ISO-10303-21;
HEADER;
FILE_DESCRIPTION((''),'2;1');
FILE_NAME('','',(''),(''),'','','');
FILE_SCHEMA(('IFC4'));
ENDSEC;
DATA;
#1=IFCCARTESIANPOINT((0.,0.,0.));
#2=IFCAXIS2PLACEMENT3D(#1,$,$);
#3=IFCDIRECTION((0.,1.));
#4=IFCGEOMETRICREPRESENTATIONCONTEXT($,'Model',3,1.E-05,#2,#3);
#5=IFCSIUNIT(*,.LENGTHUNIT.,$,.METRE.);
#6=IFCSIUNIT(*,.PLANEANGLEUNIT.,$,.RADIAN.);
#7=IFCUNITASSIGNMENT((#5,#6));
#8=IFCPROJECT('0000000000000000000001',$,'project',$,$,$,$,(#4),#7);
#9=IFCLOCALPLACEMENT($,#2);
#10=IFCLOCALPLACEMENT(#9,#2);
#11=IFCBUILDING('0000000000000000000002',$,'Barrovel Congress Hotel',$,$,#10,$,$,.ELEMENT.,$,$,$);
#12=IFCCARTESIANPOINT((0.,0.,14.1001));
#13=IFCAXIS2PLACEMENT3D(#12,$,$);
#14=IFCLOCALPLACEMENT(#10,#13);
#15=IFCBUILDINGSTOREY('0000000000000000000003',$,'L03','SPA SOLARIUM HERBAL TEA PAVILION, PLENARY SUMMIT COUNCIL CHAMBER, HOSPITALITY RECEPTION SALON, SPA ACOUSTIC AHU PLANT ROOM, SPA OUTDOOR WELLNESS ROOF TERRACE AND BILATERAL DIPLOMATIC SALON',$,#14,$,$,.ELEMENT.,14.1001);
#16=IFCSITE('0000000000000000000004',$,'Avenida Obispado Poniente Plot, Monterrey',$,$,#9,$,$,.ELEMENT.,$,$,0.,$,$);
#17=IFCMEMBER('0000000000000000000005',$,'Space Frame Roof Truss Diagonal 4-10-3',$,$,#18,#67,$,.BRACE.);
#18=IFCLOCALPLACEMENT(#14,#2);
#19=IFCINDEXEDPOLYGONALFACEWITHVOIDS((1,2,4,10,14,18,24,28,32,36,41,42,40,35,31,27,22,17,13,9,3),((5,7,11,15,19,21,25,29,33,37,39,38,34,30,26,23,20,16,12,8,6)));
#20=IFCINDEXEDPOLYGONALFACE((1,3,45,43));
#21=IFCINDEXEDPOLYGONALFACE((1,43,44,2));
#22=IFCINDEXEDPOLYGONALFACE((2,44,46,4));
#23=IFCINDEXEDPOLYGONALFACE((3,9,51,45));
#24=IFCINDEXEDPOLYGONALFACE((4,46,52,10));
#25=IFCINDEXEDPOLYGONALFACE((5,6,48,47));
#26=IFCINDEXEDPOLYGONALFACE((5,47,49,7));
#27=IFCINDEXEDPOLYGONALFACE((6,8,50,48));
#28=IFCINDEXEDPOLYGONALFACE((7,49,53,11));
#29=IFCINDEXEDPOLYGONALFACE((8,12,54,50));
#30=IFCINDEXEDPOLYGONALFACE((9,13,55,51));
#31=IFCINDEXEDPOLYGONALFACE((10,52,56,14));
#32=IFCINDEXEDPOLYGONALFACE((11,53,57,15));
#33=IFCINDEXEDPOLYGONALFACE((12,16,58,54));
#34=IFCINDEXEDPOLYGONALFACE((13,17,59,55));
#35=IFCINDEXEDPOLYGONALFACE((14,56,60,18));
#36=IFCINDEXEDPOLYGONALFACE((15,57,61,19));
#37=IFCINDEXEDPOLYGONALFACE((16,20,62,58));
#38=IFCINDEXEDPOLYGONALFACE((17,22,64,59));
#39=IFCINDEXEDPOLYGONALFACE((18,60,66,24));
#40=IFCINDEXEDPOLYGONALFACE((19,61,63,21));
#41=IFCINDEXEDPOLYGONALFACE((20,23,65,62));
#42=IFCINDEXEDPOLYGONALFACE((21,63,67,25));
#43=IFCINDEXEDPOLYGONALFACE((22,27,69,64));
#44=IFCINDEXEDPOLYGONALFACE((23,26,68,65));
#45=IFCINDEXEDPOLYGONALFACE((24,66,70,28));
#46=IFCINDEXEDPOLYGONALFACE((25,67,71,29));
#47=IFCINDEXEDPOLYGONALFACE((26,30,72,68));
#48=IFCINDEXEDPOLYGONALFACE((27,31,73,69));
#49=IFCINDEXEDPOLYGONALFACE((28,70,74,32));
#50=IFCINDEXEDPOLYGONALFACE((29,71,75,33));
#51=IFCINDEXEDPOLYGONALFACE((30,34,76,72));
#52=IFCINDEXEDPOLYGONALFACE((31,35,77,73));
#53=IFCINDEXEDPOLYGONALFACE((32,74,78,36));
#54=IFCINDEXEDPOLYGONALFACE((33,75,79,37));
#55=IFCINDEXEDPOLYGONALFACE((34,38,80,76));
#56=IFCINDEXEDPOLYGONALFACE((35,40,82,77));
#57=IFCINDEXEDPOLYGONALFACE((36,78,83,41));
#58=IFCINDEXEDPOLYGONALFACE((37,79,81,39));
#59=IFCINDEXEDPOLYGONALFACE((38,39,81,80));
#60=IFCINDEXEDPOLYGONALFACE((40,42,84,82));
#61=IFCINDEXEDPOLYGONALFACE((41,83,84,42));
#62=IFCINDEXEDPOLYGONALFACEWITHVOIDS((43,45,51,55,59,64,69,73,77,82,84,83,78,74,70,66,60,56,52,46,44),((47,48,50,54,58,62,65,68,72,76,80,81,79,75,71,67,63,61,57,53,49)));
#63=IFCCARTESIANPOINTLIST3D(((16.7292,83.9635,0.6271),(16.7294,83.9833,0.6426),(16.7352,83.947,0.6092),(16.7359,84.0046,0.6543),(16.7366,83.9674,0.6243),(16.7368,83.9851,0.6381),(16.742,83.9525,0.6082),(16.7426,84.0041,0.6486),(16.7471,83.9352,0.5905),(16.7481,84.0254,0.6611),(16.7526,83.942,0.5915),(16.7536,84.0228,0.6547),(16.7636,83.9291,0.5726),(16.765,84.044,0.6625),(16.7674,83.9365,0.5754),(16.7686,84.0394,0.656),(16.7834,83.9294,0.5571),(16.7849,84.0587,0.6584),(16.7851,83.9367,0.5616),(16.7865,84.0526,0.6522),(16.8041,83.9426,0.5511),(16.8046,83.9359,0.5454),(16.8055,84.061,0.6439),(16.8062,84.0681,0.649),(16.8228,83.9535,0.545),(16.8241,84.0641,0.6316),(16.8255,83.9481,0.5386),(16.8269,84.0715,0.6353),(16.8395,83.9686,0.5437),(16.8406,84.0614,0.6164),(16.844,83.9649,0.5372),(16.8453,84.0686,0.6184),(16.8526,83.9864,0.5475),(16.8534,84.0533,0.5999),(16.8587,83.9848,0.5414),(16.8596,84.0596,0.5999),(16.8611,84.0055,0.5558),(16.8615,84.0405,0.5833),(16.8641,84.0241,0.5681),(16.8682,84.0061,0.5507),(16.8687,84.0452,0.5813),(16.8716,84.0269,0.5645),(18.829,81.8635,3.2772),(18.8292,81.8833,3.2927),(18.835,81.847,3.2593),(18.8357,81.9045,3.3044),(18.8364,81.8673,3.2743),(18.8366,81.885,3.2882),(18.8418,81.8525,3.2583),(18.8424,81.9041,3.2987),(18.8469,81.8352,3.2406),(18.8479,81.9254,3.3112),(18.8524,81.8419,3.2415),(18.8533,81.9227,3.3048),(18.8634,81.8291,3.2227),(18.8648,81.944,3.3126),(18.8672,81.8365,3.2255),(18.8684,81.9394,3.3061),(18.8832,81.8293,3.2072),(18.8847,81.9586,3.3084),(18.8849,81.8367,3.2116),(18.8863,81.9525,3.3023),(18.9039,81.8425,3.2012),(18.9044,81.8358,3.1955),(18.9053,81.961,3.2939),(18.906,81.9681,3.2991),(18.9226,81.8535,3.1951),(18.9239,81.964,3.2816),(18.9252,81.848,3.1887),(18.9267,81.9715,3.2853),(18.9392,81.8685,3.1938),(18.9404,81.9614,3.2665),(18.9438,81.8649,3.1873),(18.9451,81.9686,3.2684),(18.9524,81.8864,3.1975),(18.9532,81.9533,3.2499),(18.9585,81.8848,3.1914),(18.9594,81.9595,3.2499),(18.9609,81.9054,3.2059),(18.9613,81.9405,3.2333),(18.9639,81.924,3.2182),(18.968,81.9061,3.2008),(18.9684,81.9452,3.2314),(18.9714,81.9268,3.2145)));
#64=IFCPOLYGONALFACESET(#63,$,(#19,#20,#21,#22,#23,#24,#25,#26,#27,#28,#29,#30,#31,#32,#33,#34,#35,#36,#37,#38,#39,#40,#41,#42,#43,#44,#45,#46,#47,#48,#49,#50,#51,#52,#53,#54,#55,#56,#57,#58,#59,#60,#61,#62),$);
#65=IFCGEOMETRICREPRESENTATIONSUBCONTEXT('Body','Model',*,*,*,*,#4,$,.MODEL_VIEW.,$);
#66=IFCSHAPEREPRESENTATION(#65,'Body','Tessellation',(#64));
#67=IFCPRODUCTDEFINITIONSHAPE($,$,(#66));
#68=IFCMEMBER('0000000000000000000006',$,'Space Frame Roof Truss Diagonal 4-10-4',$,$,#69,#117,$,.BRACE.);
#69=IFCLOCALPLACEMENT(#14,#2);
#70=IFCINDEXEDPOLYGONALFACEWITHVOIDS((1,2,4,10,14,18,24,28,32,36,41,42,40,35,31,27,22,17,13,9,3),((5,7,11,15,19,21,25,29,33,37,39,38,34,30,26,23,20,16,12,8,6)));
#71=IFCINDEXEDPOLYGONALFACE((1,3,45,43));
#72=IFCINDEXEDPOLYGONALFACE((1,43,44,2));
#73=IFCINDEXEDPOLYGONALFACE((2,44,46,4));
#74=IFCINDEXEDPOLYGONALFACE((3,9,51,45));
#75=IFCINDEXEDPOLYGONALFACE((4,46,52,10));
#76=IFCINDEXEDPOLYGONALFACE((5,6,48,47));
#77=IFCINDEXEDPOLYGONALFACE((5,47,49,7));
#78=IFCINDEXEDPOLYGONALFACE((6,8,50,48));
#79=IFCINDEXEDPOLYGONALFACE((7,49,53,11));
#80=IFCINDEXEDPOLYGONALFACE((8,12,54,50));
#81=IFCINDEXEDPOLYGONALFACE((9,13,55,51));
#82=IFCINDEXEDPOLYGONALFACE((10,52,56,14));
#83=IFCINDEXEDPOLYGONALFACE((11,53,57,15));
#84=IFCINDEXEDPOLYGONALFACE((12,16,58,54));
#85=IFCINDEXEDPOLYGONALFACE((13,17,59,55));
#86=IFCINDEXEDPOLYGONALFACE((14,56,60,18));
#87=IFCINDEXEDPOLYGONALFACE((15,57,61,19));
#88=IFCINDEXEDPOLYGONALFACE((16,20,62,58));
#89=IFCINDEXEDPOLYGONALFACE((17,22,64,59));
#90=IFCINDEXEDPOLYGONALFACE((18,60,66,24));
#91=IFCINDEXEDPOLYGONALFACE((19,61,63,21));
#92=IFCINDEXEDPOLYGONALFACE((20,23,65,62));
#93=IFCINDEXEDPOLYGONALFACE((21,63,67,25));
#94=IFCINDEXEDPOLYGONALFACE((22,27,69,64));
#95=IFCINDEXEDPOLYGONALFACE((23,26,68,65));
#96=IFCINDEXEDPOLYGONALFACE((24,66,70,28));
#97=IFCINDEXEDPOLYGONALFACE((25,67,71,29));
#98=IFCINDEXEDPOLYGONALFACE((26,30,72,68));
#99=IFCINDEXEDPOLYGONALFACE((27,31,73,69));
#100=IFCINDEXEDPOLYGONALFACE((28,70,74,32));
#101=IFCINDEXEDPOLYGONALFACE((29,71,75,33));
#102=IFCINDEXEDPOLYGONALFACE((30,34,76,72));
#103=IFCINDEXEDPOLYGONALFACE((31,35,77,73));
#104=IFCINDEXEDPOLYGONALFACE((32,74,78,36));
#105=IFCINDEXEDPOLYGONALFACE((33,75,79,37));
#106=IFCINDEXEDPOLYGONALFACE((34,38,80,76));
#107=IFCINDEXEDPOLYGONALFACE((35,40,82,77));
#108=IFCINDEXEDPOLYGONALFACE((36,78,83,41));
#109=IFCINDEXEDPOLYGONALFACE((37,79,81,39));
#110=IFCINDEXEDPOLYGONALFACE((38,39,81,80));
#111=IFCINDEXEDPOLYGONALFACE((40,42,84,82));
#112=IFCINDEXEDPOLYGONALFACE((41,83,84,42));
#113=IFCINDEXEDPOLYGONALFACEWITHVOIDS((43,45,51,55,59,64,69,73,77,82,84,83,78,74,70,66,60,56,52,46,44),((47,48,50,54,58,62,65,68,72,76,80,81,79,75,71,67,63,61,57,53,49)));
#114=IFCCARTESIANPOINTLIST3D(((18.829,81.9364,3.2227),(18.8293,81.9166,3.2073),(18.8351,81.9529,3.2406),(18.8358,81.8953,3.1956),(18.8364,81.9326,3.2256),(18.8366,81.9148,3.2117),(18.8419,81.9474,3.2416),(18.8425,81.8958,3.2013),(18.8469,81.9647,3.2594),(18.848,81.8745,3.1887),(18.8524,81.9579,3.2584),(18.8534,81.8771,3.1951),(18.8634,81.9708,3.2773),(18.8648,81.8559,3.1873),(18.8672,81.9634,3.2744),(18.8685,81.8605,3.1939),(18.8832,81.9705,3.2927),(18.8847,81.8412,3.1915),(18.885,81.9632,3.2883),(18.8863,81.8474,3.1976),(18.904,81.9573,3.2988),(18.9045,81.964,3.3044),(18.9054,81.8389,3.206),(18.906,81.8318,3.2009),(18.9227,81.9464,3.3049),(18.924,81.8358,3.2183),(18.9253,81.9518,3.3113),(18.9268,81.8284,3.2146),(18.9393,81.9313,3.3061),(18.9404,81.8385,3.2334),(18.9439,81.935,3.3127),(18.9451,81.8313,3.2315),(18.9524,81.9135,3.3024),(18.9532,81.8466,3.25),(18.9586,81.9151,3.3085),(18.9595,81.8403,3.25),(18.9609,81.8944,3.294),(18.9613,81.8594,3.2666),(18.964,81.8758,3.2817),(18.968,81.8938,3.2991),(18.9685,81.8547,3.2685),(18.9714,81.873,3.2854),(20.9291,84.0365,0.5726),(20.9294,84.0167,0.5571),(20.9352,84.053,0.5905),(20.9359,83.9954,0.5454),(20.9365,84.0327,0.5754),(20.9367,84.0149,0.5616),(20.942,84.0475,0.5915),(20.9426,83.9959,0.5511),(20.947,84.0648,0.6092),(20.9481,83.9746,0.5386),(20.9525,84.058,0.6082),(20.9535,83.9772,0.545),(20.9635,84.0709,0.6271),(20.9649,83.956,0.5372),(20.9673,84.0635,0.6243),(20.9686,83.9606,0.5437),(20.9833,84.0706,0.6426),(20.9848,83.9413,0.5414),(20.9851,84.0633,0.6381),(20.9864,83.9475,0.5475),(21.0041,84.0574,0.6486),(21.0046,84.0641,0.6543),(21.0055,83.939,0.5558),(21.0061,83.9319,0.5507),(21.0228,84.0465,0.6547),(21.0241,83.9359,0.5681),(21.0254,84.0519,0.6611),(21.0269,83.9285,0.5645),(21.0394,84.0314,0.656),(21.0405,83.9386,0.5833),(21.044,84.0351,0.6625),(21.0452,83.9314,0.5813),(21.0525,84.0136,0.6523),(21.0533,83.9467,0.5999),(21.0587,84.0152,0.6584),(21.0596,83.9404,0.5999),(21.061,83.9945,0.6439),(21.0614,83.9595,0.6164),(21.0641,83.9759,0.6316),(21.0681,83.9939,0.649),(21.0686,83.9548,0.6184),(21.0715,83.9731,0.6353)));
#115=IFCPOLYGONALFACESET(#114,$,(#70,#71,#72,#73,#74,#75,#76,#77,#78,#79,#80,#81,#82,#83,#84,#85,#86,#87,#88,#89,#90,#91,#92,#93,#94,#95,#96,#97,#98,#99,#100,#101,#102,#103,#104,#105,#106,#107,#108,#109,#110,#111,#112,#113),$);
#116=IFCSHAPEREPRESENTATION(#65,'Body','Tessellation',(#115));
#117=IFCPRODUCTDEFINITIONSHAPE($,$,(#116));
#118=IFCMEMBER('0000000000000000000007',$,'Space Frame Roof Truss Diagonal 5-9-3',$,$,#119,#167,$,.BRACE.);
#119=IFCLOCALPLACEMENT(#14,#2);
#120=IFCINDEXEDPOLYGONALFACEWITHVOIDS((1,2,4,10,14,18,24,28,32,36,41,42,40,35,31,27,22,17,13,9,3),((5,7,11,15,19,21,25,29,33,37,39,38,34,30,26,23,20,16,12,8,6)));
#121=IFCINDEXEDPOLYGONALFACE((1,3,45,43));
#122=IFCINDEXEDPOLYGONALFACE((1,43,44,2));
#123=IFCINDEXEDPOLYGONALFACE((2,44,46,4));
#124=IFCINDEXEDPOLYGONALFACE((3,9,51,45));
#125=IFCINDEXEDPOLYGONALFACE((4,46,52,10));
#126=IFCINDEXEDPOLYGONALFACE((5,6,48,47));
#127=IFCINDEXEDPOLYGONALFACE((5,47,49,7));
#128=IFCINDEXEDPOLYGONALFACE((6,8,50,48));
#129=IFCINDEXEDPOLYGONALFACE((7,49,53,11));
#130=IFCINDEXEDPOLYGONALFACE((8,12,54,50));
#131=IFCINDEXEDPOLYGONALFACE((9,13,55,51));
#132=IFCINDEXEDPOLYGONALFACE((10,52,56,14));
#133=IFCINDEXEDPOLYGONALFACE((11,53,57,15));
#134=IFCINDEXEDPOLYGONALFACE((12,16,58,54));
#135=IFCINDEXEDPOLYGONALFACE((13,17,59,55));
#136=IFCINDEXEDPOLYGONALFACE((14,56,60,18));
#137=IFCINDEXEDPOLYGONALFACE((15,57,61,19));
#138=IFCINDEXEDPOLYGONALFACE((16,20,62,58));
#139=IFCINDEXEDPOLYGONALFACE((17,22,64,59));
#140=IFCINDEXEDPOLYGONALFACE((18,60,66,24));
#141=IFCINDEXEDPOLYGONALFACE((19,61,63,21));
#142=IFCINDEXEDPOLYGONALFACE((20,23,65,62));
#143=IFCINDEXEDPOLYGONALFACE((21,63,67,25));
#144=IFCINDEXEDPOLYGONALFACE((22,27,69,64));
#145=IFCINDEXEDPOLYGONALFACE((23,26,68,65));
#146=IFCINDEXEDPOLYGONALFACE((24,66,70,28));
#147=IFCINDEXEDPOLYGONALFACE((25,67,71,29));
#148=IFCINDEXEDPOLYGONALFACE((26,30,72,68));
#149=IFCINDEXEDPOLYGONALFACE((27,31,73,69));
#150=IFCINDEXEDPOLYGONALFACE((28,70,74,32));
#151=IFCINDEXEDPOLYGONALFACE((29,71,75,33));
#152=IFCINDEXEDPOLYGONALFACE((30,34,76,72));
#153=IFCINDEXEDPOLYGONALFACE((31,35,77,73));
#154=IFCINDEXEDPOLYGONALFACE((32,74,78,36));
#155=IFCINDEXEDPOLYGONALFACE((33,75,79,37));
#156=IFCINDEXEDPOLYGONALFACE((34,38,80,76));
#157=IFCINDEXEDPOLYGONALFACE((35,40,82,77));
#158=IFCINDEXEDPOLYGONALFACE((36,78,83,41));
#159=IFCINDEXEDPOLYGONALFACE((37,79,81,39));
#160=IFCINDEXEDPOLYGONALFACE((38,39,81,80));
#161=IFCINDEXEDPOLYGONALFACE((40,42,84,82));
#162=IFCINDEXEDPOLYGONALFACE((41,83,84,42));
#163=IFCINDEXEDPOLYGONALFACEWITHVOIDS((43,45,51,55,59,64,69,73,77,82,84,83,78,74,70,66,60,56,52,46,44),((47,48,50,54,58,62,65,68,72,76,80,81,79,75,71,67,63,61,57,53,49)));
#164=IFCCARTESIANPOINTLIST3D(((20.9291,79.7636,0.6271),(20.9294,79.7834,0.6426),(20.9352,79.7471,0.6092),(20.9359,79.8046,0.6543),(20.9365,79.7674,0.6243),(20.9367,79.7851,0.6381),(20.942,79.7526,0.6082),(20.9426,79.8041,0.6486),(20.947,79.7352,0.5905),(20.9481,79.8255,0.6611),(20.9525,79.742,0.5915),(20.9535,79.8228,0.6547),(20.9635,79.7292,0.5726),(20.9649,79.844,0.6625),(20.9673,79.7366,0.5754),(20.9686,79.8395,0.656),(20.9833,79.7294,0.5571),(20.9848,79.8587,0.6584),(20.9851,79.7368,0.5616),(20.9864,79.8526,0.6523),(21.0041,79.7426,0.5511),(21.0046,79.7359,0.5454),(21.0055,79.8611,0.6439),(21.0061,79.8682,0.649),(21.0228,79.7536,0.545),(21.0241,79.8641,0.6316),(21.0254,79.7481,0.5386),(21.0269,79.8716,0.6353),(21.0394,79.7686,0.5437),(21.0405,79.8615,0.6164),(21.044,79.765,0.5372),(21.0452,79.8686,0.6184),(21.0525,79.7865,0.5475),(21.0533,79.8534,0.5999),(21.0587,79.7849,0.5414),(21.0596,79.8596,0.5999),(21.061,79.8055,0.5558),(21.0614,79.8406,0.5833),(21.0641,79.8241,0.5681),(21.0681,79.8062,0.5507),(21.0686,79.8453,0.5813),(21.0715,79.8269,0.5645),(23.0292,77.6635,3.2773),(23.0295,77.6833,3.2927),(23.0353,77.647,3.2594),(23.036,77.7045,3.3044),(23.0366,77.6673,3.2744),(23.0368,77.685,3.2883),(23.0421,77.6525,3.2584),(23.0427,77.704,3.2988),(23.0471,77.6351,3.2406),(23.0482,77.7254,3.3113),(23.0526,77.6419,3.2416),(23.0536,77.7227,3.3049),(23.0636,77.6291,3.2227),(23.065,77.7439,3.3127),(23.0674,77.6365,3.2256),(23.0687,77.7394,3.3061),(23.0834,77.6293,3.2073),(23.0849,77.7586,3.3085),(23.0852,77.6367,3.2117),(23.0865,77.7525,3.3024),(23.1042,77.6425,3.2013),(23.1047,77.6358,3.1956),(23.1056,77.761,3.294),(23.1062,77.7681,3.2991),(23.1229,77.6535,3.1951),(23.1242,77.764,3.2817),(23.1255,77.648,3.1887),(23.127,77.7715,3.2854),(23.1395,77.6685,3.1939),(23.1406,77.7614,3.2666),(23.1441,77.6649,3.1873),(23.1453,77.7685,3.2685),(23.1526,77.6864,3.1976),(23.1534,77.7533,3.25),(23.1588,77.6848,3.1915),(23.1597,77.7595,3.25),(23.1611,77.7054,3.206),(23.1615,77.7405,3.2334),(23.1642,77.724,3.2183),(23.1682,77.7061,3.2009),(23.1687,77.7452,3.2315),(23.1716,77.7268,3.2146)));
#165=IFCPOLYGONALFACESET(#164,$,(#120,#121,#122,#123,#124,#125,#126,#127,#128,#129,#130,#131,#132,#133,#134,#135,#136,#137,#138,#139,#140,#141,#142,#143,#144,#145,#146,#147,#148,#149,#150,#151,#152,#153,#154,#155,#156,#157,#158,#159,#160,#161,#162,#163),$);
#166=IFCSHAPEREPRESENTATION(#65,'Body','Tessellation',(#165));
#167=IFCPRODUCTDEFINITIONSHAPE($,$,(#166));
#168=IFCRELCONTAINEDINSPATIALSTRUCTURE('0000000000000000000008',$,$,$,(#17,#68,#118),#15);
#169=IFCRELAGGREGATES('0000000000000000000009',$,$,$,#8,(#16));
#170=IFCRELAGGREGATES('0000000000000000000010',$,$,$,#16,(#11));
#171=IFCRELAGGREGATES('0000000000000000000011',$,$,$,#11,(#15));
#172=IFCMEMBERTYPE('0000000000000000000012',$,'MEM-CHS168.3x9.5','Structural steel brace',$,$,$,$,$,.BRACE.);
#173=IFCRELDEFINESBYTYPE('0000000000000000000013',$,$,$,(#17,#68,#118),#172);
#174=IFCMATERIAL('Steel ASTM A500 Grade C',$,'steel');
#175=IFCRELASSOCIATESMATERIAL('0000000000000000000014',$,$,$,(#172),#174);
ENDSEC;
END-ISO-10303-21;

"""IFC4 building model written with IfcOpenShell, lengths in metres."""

from ifc_helpers import new_model, si_unit, direction, frame, origin, origin_2d, place, context, subcontext, project, spatial, hollow_circle, extrude, material, material_profile, profile_set, type_object, element, save


model = new_model("IFC4")

# Units and contexts
model_context = context("Model", 3, precision=1e-05, world=origin(), true_north=direction((0.0, 1.0)))
body_context = subcontext(model_context, "Body", "Model", "MODEL_VIEW")
ifc_project = project(units=[si_unit("LENGTHUNIT", "METRE"), si_unit("PLANEANGLEUNIT", "RADIAN")], contexts=[model_context])

# Site, building, storey
site_placement = place(None, origin())
site = spatial("IfcSite", under=ifc_project, at=site_placement, Name="Avenida Obispado Poniente Plot, Monterrey", CompositionType="ELEMENT", RefElevation=0.0)
building_placement = place(site_placement, origin())
building = spatial("IfcBuilding", under=site, at=building_placement, Name="Barrovel Congress Hotel", CompositionType="ELEMENT")
storey_placement = place(building_placement, frame((0.0, 0.0, 14.1001)))
storey = spatial("IfcBuildingStorey", under=building, at=storey_placement, Name="L03", Description="SPA SOLARIUM HERBAL TEA PAVILION, PLENARY SUMMIT COUNCIL CHAMBER, HOSPITALITY RECEPTION SALON, SPA ACOUSTIC AHU PLANT ROOM, SPA OUTDOOR WELLNESS ROOF TERRACE AND BILATERAL DIPLOMATIC SALON", CompositionType="ELEMENT", Elevation=14.1001)

# Members
ifc_material_1 = material(Name="Steel ASTM A500 Grade C", Category="steel")
ifc_material_profile_1 = material_profile(ifc_material_1, hollow_circle(Radius=0.0842, WallThickness=0.0088, at=origin_2d()), Name="CHS168.3x9.5")
ifc_profile_set_1 = profile_set([ifc_material_profile_1], Name="Steel ASTM A500 Grade C")
member_type_1 = type_object("IfcMemberType", Name="MEM-CHS168.3x9.5", Description="Structural steel brace", PredefinedType="BRACE", material=ifc_profile_set_1)
for number, where, z_axis, x_axis, name in (
    (1, (16.8, 84.0, 0.5999), (0.527557, -0.527618, 0.66581), (0.707148, 0.707066, 0.0), "Space Frame Roof Truss Diagonal 4-10-3"),
):
    element("IfcMember", number, at=place(storey_placement, frame(where, z_axis=z_axis, x_axis=x_axis)), inside=storey, type_object=member_type_1, Name=name, PredefinedType="BRACE", context=body_context, shape_type="SweptSolid", body=[
        extrude(hollow_circle(Radius=0.0842, WallThickness=0.0088, at=origin_2d()), origin(), (0.0, 0.0, 1.0), 3.9802),
    ])
for number, where, z_axis, x_axis, name in (
    (2, (21.0, 84.0, 0.5999), (-0.527601, -0.527601, 0.665788), (0.707107, -0.707107, 0.0), "Space Frame Roof Truss Diagonal 4-10-4"),
    (3, (21.0, 79.8, 0.5999), (0.527601, -0.527601, 0.665788), (0.707107, 0.707107, 0.0), "Space Frame Roof Truss Diagonal 5-9-3"),
):
    element("IfcMember", number, at=place(storey_placement, frame(where, z_axis=z_axis, x_axis=x_axis)), inside=storey, type_object=member_type_1, Name=name, PredefinedType="BRACE", context=body_context, shape_type="SweptSolid", body=[
        extrude(hollow_circle(Radius=0.0842, WallThickness=0.0088, at=origin_2d()), origin(), (0.0, 0.0, 1.0), 3.9805),
    ])

save(model, "model.ifc")
